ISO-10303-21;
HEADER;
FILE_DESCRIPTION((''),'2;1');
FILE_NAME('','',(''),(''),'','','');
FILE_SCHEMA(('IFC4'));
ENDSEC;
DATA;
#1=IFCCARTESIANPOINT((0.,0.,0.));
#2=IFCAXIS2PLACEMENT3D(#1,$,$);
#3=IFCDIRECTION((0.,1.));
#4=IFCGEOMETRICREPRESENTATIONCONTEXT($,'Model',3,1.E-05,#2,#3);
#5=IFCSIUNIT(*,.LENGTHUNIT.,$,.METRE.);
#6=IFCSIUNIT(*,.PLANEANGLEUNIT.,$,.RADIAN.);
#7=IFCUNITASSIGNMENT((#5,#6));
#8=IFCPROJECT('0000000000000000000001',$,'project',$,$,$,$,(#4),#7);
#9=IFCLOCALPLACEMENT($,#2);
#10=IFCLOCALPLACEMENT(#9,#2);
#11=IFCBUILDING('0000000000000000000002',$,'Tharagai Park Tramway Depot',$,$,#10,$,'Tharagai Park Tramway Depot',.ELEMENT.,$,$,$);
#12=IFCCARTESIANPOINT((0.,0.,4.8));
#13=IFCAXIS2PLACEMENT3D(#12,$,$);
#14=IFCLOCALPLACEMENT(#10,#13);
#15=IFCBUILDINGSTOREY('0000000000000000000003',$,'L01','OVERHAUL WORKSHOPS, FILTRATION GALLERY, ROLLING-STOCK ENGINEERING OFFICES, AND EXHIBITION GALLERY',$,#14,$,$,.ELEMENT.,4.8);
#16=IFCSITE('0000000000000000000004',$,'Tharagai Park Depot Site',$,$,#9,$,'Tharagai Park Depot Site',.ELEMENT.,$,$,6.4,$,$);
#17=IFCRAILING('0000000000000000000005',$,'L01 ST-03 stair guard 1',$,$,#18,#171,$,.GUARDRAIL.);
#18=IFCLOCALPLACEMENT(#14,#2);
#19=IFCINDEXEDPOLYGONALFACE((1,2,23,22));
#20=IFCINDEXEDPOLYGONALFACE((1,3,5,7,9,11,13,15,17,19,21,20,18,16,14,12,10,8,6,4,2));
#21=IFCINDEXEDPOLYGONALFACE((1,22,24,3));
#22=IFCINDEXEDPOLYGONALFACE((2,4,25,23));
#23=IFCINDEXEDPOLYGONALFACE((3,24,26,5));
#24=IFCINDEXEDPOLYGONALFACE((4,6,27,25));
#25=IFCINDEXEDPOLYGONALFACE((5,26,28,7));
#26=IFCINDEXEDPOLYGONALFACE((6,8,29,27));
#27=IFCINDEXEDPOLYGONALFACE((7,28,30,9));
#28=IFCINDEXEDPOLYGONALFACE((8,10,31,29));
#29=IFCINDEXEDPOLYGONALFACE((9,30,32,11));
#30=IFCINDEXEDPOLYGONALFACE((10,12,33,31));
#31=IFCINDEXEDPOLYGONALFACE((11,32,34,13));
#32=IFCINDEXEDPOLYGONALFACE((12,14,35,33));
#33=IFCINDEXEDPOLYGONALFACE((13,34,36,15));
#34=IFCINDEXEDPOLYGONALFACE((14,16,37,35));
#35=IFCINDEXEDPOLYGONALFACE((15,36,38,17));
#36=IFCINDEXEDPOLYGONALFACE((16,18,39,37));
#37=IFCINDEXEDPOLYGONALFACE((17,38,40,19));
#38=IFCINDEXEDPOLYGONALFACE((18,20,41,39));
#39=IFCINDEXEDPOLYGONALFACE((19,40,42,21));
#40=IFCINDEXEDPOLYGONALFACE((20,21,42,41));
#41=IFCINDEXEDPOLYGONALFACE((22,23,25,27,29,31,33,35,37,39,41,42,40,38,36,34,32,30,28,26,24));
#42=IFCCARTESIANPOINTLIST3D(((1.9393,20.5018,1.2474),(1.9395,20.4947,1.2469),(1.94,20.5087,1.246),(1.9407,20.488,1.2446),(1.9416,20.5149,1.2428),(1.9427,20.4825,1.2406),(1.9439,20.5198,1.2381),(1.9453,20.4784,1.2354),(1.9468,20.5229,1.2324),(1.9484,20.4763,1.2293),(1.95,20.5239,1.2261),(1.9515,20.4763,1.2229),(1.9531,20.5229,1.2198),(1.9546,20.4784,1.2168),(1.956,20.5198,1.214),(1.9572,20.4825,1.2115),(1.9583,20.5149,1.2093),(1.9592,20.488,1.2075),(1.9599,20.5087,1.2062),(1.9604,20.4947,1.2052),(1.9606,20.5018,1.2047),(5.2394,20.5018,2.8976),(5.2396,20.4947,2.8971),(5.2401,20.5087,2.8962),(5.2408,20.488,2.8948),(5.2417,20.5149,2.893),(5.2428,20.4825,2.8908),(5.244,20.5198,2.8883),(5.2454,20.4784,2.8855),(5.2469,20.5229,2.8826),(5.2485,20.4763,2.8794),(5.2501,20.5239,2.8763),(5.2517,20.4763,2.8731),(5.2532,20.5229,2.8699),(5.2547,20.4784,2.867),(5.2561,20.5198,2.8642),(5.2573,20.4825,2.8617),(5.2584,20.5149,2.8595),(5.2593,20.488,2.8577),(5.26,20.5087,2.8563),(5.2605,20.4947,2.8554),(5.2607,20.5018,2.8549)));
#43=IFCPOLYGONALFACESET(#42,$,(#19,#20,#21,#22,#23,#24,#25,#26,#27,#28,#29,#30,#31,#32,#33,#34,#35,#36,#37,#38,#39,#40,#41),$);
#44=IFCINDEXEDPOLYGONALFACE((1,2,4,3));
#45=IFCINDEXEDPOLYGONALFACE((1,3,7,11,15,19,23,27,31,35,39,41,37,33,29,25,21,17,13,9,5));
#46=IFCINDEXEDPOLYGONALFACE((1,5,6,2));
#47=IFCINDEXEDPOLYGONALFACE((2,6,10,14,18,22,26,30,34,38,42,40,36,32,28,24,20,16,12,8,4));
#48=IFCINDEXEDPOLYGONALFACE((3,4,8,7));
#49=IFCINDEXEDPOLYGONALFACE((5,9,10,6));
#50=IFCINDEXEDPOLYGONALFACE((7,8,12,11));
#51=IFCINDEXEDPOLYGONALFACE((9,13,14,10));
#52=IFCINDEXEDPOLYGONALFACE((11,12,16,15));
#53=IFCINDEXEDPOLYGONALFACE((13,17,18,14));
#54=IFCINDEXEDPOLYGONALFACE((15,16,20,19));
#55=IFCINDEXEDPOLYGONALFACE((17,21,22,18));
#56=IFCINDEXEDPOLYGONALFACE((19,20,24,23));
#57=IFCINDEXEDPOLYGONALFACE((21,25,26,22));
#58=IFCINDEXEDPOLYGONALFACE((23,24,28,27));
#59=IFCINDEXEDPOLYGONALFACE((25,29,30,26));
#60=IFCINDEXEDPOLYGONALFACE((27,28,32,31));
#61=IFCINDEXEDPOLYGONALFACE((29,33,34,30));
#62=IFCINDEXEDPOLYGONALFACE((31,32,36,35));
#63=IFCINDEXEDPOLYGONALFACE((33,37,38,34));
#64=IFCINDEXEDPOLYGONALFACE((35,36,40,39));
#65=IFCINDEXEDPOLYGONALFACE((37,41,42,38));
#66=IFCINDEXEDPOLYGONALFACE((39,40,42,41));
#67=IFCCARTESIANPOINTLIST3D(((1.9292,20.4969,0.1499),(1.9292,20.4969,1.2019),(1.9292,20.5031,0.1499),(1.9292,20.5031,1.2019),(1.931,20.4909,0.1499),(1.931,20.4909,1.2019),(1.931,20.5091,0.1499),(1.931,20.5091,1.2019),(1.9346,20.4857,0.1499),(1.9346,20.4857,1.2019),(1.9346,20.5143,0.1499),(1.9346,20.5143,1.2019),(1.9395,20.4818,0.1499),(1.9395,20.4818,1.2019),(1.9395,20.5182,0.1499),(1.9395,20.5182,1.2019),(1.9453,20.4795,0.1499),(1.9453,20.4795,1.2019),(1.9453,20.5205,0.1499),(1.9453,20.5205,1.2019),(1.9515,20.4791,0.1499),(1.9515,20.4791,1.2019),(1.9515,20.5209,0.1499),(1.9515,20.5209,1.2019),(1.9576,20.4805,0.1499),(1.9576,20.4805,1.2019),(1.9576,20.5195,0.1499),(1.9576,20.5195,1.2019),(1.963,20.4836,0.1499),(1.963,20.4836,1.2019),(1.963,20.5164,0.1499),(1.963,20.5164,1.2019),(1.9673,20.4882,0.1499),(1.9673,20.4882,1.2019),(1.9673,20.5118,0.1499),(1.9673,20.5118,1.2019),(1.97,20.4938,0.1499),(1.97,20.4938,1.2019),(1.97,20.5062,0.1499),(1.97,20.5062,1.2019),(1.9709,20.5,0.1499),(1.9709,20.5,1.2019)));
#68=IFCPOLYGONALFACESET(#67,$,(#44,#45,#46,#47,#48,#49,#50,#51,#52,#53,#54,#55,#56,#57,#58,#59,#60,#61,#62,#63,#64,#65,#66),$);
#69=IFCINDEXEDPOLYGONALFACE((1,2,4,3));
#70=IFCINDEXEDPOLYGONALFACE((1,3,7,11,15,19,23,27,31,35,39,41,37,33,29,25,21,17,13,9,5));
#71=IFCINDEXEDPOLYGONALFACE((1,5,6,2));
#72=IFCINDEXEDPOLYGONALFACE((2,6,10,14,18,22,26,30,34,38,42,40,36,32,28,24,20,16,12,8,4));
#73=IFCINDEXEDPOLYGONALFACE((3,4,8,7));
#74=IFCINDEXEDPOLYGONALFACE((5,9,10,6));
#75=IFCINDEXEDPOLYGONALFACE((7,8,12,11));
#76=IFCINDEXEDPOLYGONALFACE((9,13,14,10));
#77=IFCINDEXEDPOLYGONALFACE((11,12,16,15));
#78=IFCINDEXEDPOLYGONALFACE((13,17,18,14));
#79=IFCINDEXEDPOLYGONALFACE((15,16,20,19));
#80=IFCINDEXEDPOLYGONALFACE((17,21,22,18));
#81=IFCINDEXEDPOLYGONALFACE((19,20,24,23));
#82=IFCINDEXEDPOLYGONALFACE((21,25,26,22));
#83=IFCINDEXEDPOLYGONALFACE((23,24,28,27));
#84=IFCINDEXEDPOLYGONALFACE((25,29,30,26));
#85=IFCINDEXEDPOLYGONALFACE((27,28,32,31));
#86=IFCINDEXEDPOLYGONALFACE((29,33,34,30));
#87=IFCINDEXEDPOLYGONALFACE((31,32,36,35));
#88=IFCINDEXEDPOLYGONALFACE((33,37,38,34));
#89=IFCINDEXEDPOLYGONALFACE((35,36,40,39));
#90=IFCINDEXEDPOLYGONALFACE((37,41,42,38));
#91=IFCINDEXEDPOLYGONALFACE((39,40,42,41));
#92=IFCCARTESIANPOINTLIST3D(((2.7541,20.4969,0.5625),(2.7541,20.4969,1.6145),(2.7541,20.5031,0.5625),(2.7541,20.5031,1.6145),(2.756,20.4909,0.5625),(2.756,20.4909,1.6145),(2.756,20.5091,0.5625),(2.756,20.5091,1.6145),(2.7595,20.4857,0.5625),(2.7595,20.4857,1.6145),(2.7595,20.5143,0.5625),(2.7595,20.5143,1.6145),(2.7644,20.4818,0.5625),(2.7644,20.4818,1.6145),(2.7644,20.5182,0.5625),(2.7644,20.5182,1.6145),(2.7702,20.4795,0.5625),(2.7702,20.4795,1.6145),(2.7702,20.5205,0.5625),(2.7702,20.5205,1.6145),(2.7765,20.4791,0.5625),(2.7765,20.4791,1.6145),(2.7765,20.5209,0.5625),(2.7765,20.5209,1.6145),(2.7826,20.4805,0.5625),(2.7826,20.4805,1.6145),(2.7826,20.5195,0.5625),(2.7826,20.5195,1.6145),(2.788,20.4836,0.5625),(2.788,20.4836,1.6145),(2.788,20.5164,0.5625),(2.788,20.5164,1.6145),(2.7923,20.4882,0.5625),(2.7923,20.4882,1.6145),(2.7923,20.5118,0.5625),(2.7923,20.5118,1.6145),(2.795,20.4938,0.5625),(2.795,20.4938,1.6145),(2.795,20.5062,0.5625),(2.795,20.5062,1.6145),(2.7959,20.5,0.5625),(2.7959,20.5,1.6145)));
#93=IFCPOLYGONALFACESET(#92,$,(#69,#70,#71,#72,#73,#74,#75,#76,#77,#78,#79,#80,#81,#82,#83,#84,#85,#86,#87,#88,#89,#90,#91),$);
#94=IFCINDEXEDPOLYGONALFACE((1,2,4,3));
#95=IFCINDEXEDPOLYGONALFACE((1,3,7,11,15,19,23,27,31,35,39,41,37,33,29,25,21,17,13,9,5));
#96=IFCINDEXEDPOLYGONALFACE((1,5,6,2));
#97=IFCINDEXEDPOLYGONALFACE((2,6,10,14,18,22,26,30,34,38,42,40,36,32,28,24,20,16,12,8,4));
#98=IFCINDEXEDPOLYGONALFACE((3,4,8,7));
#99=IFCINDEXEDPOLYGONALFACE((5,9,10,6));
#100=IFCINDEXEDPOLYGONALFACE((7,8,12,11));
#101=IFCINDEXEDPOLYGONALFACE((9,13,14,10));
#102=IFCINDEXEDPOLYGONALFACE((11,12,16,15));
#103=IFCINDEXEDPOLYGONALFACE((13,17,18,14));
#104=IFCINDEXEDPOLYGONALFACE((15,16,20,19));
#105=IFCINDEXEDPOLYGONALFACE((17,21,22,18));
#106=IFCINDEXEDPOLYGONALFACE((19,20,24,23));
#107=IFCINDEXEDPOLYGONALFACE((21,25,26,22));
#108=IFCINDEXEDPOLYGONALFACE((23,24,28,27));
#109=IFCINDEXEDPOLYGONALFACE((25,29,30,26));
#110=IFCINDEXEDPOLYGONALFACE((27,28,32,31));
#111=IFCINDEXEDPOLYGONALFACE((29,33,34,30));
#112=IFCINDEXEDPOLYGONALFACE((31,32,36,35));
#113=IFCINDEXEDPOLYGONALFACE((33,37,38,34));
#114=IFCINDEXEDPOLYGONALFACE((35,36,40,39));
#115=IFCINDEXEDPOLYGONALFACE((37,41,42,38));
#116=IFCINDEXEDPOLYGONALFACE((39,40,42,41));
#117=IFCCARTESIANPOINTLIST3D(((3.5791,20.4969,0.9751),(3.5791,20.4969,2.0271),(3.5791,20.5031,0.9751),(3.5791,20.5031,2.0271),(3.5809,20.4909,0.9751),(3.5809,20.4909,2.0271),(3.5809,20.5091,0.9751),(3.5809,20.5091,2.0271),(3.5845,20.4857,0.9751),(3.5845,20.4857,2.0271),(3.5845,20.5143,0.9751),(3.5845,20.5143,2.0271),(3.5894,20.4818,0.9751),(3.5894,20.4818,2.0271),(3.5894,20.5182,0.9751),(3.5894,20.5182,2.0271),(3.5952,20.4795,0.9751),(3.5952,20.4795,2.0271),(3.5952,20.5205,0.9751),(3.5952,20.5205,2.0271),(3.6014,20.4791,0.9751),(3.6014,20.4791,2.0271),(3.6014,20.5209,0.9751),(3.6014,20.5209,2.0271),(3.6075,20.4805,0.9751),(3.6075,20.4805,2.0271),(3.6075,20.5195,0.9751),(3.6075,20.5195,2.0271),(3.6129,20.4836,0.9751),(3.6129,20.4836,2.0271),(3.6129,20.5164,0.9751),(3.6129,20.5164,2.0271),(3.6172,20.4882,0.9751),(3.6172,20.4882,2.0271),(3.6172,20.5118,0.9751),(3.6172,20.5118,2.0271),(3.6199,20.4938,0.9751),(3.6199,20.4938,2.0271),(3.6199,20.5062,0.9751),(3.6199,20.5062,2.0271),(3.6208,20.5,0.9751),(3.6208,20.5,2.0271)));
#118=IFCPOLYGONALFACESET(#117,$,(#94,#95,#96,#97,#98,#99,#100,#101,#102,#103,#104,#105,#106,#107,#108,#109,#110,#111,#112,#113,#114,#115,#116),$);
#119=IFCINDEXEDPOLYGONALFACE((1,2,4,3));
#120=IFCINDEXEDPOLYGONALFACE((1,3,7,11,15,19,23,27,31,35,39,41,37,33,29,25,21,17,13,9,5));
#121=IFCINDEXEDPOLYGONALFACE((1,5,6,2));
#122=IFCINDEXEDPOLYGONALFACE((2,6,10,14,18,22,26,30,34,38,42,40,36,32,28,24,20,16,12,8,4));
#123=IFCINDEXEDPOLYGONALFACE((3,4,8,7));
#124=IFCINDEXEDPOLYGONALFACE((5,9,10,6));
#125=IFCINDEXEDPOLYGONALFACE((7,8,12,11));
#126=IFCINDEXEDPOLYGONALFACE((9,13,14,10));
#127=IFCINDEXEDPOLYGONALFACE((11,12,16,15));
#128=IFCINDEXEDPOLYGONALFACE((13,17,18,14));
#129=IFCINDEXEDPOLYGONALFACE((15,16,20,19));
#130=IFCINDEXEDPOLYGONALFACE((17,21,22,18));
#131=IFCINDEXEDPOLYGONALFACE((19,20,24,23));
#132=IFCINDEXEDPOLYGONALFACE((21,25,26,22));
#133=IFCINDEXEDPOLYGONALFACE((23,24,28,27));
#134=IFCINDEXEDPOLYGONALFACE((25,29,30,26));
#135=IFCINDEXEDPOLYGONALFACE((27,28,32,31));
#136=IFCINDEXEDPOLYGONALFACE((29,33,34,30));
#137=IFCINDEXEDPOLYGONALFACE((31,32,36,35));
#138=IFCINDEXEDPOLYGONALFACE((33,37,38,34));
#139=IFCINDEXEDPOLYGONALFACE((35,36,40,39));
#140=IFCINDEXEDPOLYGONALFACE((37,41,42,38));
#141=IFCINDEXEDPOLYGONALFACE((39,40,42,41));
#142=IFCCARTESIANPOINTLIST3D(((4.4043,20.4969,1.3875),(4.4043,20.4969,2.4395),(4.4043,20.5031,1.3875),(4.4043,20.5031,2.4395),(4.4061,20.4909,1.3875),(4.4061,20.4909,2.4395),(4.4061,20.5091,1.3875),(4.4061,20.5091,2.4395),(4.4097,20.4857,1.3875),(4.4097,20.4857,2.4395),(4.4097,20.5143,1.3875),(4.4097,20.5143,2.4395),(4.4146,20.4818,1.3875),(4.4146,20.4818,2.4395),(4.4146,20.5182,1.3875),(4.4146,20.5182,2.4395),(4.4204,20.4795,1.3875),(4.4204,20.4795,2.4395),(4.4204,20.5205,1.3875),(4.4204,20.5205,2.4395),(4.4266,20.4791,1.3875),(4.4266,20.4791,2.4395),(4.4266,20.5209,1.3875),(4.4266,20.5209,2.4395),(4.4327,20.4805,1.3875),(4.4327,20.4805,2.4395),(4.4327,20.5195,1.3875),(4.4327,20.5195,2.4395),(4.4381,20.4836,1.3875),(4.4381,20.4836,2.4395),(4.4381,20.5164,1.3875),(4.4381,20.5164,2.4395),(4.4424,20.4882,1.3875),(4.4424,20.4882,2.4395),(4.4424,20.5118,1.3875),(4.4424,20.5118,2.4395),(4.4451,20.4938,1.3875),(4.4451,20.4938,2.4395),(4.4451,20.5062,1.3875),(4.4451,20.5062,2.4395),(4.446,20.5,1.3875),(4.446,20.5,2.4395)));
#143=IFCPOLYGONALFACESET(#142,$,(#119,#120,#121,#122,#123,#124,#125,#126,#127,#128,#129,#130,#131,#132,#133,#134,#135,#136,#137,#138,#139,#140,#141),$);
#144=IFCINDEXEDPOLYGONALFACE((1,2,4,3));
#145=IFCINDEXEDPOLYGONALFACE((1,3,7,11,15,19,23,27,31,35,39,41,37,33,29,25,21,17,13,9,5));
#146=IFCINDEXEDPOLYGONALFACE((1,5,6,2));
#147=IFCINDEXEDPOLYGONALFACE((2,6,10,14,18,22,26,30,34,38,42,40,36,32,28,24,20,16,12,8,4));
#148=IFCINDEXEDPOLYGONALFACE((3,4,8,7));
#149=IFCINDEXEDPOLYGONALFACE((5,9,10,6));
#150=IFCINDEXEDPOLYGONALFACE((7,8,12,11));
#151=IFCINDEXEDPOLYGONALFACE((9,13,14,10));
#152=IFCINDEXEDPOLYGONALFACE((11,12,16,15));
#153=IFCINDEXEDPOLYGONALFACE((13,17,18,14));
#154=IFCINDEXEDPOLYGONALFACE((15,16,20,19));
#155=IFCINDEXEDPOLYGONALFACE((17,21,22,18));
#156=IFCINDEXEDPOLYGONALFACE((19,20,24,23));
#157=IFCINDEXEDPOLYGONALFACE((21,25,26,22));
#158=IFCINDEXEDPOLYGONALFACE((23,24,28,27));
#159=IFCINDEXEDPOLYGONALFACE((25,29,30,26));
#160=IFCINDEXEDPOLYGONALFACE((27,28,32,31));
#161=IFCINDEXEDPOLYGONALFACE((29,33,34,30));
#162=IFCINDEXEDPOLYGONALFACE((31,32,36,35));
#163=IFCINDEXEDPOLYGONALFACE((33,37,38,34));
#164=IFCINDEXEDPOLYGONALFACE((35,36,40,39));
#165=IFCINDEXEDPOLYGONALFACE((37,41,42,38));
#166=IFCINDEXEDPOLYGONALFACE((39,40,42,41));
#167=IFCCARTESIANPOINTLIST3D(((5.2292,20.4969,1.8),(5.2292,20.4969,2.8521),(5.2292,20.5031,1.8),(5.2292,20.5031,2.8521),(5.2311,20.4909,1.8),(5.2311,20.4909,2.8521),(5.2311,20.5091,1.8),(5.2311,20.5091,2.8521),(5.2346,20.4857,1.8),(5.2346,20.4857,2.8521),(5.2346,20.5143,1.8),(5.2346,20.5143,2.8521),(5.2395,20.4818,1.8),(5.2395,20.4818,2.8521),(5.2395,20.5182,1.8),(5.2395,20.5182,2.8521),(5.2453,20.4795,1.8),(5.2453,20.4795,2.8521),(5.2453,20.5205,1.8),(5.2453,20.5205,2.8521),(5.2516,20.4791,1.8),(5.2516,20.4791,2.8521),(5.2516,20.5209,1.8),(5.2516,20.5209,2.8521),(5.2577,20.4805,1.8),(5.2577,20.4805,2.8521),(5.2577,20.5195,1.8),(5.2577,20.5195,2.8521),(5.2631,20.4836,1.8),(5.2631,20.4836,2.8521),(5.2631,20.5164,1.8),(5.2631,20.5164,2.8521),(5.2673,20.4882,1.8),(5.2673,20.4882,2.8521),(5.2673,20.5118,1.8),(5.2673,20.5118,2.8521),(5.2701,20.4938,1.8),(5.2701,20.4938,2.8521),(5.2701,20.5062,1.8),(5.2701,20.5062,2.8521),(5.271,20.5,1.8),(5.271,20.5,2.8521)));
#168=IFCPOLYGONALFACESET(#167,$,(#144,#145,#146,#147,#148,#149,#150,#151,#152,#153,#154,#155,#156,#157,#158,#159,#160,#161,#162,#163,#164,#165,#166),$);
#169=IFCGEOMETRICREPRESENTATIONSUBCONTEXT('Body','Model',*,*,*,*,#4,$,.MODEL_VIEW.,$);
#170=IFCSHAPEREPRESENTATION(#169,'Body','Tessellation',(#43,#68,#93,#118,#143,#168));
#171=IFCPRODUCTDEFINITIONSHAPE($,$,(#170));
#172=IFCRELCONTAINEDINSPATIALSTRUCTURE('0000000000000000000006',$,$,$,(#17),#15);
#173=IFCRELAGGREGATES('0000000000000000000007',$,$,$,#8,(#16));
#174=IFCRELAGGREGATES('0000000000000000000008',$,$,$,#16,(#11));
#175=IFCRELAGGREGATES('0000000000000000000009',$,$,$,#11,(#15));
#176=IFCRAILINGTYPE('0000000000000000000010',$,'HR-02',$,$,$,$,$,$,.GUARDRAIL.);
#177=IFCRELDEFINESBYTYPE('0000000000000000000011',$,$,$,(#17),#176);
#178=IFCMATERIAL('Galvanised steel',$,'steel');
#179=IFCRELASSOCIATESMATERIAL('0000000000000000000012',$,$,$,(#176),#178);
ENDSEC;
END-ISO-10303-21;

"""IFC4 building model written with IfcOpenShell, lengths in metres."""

from ifc_helpers import new_model, si_unit, direction, frame, origin, origin_2d, place, context, subcontext, project, spatial, circle, extrude, material, type_object, element, save


model = new_model("IFC4")

# Units and contexts
model_context = context("Model", 3, precision=1e-05, world=origin(), true_north=direction((0.0, 1.0)))
body_context = subcontext(model_context, "Body", "Model", "MODEL_VIEW")
ifc_project = project(units=[si_unit("LENGTHUNIT", "METRE"), si_unit("PLANEANGLEUNIT", "RADIAN")], contexts=[model_context])

# Site, building, storey
site_placement = place(None, origin())
site = spatial("IfcSite", under=ifc_project, at=site_placement, Name="Tharagai Park Depot Site", LongName="Tharagai Park Depot Site", CompositionType="ELEMENT", RefElevation=6.4)
building_placement = place(site_placement, origin())
building = spatial("IfcBuilding", under=site, at=building_placement, Name="Tharagai Park Tramway Depot", LongName="Tharagai Park Tramway Depot", CompositionType="ELEMENT")
storey_placement = place(building_placement, frame((0.0, 0.0, 4.8)))
storey = spatial("IfcBuildingStorey", under=building, at=storey_placement, Name="L01", Description="OVERHAUL WORKSHOPS, FILTRATION GALLERY, ROLLING-STOCK ENGINEERING OFFICES, AND EXHIBITION GALLERY", CompositionType="ELEMENT", Elevation=4.8)

# Shared definitions
ifc_material_1 = material(Name="Galvanised steel", Category="steel")

# Railing
railing_type_1 = type_object("IfcRailingType", Name="HR-02", PredefinedType="GUARDRAIL", material=ifc_material_1)
railing_1_placement = place(storey_placement, frame((1.95, 20.5, 0.1499)))
element("IfcRailing", 1, at=railing_1_placement, inside=storey, type_object=railing_type_1, Name="L01 ST-03 stair guard 1", PredefinedType="GUARDRAIL", context=body_context, shape_type="SweptSolid", body=[
    extrude(circle(Radius=0.0239, at=origin_2d()), frame((0.0, 0.0, 1.0762), z_axis=(0.894414, 0.0, 0.44724), x_axis=(0.0, 1.0, 0.0)), (0.0, 0.0, 1.0), 3.6897),
    extrude(circle(Radius=0.021, at=origin_2d()), origin(), (0.0, 0.0, 1.0), 1.052),
    extrude(circle(Radius=0.021, at=origin_2d()), frame((0.825, 0.0, 0.4126)), (0.0, 0.0, 1.0), 1.052),
    extrude(circle(Radius=0.021, at=origin_2d()), frame((1.6499, 0.0, 0.8252)), (0.0, 0.0, 1.0), 1.052),
    extrude(circle(Radius=0.021, at=origin_2d()), frame((2.4751, 0.0, 1.2375)), (0.0, 0.0, 1.0), 1.052),
    extrude(circle(Radius=0.021, at=origin_2d()), frame((3.3, 0.0, 1.6501)), (0.0, 0.0, 1.0), 1.052),
])

save(model, "model.ifc")
